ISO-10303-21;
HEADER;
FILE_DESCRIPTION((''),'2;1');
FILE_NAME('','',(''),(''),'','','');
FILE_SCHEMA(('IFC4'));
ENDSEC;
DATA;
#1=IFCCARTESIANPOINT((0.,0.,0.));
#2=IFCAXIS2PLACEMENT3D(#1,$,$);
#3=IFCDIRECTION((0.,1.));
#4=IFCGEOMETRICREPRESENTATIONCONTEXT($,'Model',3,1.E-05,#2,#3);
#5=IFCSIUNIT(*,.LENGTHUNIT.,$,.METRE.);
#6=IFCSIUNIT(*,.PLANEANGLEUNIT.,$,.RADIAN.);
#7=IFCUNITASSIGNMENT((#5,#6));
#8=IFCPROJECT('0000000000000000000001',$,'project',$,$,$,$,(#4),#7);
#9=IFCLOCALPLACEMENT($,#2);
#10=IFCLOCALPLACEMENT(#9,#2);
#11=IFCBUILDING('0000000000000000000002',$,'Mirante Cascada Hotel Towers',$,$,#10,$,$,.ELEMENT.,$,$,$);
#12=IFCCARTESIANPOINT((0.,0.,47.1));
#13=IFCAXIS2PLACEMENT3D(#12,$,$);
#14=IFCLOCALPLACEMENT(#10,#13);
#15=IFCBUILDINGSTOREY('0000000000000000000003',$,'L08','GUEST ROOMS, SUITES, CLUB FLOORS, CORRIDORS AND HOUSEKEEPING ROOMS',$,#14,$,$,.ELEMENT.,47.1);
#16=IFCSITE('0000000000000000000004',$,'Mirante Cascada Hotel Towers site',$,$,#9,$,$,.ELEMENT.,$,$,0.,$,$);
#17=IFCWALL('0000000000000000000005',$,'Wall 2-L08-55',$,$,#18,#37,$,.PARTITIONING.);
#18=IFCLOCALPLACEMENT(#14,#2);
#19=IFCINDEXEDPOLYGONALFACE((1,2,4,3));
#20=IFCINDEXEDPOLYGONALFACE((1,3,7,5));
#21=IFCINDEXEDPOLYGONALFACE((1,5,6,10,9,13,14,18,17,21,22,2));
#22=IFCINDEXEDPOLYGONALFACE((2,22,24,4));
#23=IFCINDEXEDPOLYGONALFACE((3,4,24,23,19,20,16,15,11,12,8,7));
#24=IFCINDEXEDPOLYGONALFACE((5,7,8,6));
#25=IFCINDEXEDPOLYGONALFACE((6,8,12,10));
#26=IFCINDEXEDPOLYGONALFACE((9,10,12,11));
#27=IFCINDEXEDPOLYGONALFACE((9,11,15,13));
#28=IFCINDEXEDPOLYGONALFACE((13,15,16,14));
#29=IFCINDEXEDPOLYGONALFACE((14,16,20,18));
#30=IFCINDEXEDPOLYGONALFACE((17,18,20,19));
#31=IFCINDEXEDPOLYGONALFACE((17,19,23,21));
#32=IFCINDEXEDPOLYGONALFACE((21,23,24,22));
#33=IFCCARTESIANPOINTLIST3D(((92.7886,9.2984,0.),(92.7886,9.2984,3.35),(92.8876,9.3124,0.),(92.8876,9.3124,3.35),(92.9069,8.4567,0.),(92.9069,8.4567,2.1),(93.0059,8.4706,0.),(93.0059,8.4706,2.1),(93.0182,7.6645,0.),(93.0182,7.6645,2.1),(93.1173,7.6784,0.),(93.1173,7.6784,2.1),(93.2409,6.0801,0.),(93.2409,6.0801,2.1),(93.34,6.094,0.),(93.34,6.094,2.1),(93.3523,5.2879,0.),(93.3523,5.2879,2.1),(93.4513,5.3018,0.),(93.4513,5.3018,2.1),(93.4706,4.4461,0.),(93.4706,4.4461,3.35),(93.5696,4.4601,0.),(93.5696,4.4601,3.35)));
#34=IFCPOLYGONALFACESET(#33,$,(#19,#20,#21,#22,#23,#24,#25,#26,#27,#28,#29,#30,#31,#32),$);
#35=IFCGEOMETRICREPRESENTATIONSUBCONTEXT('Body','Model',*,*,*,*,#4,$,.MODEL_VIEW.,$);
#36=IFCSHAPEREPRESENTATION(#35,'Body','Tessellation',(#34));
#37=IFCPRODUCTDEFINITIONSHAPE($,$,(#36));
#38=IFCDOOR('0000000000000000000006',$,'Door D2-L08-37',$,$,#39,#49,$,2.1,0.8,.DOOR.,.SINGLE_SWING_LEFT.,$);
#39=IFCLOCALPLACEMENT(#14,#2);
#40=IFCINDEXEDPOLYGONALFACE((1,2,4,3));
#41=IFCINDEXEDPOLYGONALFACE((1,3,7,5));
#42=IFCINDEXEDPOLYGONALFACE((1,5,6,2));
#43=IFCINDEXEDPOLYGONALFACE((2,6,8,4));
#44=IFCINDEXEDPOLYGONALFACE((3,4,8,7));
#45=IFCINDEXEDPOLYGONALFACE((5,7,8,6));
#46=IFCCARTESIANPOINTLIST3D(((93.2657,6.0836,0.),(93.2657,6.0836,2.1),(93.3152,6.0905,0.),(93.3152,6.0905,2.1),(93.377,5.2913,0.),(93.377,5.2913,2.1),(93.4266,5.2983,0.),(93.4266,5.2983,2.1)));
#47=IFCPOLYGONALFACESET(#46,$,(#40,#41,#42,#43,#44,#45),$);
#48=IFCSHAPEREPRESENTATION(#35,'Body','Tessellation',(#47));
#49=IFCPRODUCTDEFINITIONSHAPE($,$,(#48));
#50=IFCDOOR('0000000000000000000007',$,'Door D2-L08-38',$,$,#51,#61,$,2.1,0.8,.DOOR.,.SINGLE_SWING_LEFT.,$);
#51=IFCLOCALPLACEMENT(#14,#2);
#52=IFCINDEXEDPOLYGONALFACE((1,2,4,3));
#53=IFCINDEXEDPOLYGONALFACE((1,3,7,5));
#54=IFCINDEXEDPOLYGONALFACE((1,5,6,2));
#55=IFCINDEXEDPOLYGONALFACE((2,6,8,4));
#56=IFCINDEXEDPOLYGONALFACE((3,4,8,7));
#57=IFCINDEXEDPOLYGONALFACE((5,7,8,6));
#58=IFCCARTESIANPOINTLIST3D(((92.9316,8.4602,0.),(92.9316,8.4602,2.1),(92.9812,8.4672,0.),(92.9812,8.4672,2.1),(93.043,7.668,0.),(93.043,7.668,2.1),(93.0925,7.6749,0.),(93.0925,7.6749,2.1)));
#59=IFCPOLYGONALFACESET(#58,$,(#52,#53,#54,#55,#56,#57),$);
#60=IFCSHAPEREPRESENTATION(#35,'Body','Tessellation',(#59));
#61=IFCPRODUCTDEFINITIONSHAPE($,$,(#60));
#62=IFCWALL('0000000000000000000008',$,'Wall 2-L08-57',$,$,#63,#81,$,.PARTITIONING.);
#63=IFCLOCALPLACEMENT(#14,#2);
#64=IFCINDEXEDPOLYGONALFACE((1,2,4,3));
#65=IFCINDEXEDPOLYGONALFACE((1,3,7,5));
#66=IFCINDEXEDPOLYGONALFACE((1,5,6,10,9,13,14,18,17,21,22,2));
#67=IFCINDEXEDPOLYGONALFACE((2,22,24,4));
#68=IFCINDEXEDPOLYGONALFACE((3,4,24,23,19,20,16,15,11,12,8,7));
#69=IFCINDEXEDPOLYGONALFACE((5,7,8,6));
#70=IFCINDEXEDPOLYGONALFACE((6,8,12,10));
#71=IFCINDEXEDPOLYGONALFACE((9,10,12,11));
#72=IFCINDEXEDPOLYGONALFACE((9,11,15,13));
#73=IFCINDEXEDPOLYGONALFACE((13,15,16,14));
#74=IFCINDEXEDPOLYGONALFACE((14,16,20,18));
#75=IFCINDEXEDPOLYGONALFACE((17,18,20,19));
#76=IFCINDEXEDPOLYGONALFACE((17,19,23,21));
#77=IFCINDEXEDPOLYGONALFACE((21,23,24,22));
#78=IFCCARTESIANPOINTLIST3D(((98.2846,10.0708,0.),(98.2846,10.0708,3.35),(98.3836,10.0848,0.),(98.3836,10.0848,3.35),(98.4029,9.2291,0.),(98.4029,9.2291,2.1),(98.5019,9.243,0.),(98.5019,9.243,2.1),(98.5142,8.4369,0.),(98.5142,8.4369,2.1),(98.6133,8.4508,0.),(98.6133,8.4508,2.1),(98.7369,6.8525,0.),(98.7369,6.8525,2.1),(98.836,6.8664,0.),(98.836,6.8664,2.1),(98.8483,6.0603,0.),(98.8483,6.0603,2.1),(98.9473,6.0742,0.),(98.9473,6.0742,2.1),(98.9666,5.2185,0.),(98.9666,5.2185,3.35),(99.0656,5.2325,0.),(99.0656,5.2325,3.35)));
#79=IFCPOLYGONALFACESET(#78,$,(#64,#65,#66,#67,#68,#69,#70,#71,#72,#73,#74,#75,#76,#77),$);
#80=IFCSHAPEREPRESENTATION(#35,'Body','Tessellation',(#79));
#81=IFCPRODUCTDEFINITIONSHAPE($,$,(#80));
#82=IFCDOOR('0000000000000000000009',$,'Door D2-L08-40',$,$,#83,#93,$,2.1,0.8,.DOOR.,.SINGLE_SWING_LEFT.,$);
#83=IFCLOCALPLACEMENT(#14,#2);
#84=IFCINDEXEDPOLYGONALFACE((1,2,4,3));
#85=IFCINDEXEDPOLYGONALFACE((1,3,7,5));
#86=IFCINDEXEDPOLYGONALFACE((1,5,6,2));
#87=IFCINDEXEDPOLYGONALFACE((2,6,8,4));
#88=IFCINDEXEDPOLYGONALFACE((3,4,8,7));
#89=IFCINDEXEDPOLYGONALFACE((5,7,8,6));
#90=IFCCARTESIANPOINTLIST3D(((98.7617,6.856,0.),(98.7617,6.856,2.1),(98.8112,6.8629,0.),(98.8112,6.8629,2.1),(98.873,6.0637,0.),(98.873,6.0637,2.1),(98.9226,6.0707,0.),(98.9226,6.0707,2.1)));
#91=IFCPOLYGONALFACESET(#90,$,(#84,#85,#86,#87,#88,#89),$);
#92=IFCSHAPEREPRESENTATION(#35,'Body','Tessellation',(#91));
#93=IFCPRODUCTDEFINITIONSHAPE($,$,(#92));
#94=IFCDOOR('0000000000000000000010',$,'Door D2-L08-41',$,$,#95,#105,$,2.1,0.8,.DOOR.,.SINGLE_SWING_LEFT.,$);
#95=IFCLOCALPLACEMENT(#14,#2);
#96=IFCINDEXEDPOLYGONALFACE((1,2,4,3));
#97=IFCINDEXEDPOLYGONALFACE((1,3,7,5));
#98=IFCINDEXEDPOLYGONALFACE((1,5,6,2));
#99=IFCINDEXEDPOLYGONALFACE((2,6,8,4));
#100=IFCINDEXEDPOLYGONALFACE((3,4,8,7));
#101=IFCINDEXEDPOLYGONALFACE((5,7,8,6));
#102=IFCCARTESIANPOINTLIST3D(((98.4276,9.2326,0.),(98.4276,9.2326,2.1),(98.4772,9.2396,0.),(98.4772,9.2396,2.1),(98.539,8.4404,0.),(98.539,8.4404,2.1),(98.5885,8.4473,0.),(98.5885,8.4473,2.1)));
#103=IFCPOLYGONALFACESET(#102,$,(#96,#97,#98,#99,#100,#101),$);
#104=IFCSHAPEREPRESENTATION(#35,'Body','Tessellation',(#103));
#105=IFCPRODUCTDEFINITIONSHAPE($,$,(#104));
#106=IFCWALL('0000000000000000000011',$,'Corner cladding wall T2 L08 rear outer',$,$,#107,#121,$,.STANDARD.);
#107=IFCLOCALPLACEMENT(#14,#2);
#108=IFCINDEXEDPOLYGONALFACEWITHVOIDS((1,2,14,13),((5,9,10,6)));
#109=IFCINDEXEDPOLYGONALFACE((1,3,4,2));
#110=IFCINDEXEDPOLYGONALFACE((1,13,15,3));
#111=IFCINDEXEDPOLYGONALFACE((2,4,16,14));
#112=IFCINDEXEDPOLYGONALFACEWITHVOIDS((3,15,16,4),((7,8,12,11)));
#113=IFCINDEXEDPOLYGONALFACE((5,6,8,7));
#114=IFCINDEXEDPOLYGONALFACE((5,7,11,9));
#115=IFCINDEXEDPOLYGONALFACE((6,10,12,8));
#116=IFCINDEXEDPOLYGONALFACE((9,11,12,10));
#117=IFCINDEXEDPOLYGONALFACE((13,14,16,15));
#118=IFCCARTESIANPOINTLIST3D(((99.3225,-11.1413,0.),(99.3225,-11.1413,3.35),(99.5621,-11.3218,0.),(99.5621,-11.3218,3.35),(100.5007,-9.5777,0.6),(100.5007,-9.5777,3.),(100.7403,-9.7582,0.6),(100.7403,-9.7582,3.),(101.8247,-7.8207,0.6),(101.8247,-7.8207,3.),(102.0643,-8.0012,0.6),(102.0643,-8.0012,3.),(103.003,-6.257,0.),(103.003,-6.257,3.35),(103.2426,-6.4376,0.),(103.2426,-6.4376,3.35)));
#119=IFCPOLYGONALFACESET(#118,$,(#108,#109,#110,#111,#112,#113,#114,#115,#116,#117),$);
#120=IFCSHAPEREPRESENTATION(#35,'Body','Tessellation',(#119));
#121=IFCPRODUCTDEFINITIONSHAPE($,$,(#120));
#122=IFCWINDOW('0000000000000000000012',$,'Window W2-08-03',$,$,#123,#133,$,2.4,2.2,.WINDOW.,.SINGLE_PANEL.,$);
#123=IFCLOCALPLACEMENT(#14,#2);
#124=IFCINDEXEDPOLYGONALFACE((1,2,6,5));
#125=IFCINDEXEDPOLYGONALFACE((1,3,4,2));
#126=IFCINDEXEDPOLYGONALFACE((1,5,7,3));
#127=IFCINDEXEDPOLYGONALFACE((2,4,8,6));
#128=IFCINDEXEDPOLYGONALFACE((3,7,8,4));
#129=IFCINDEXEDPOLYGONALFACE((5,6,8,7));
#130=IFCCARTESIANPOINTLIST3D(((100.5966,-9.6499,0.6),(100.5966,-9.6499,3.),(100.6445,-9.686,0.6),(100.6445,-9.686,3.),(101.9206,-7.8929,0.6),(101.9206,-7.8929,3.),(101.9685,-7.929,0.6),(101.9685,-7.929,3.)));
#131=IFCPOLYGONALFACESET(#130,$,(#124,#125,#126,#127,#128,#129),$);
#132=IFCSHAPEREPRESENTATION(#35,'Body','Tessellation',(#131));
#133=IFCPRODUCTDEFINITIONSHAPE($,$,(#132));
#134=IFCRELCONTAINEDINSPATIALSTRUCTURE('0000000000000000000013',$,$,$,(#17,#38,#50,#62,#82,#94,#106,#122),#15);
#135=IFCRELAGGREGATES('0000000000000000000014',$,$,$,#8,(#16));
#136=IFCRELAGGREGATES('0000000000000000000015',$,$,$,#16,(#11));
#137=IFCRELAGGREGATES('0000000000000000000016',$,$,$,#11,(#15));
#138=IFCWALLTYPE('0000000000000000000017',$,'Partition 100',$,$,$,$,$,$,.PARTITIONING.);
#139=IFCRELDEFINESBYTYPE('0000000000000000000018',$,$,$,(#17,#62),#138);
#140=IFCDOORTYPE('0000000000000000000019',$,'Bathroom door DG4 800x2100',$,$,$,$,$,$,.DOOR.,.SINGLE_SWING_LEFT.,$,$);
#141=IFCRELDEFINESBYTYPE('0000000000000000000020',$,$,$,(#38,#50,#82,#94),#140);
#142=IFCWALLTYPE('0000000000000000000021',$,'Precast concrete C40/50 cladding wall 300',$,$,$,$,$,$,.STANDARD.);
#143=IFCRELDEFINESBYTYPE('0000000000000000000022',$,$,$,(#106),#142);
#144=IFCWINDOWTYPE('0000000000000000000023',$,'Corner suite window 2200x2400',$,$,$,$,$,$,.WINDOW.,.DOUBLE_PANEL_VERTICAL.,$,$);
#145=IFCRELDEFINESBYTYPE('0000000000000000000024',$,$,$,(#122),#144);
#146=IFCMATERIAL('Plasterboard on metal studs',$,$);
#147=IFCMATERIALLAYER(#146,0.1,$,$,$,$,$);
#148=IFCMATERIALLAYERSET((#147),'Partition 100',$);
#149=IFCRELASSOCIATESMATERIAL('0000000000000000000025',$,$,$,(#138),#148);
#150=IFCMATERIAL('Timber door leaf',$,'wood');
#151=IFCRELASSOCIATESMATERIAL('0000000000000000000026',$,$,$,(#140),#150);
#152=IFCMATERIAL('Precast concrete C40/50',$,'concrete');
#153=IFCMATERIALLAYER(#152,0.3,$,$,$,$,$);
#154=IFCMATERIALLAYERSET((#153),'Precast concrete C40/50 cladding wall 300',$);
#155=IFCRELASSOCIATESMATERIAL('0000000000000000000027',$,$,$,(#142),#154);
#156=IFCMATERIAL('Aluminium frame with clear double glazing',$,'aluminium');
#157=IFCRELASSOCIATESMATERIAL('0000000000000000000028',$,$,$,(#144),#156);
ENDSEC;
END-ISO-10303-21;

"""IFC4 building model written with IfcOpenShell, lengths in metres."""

from ifc_helpers import new_model, si_unit, direction, frame, frame_2d, origin, place, context, subcontext, project, spatial, rectangle, extrude, material, layer, layer_set, type_object, element, fill, save


model = new_model("IFC4")

# Units and contexts
model_context = context("Model", 3, precision=1e-05, world=origin(), true_north=direction((0.0, 1.0)))
body_context = subcontext(model_context, "Body", "Model", "MODEL_VIEW")
ifc_project = project(units=[si_unit("LENGTHUNIT", "METRE"), si_unit("PLANEANGLEUNIT", "RADIAN")], contexts=[model_context])

# Site, building, storey
site_placement = place(None, origin())
site = spatial("IfcSite", under=ifc_project, at=site_placement, Name="Mirante Cascada Hotel Towers site", CompositionType="ELEMENT", RefElevation=0.0)
building_placement = place(site_placement, origin())
building = spatial("IfcBuilding", under=site, at=building_placement, Name="Mirante Cascada Hotel Towers", CompositionType="ELEMENT")
storey_placement = place(building_placement, frame((0.0, 0.0, 47.1)))
storey = spatial("IfcBuildingStorey", under=building, at=storey_placement, Name="L08", Description="GUEST ROOMS, SUITES, CLUB FLOORS, CORRIDORS AND HOUSEKEEPING ROOMS", CompositionType="ELEMENT", Elevation=47.1)

# Shared definitions
ifc_material_1 = material(Name="Plasterboard on metal studs")
ifc_layer_1 = layer(ifc_material_1, 0.1)
ifc_layer_set_1 = layer_set([ifc_layer_1], Name="Partition 100")
wall_type_1 = type_object("IfcWallType", Name="Partition 100", PredefinedType="PARTITIONING", material=ifc_layer_set_1)

# Walls, openings, doors
wall_1_placement = place(storey_placement, frame((93.5201, 4.4531, 0.0), z_axis=(0.0, 0.0, 1.0), x_axis=(-0.139184, 0.990267, 0.0)))
wall_1 = element("IfcWall", 1, at=wall_1_placement, inside=storey, type_object=wall_type_1, Name="Wall 2-L08-55", PredefinedType="PARTITIONING", context=body_context, shape_type="SweptSolid", body=[
    extrude(rectangle(XDim=4.9, YDim=0.1, at=frame_2d((2.45, 0.0))), origin(), (0.0, 0.0, 1.0), 3.35),
])
opening_1_placement = place(wall_1_placement, frame((0.85, 0.0, 0.0)))
opening_1 = element("IfcOpeningElement", 2, at=opening_1_placement, cuts=wall_1, PredefinedType="OPENING", context=body_context, shape_type="SweptSolid", body=[
    extrude(rectangle(XDim=0.8, YDim=2.1, at=frame_2d((0.4, 1.05))), frame((0.0, 0.05, 0.0), z_axis=(0.0, -1.0, 0.0), x_axis=(1.0, 0.0, 0.0)), (0.0, 0.0, 1.0), 0.1),
])
opening_2_placement = place(wall_1_placement, frame((3.25, 0.0, 0.0)))
opening_2 = element("IfcOpeningElement", 3, at=opening_2_placement, cuts=wall_1, PredefinedType="OPENING", context=body_context, shape_type="SweptSolid", body=[
    extrude(rectangle(XDim=0.8, YDim=2.1, at=frame_2d((0.4, 1.05))), frame((0.0, 0.05, 0.0), z_axis=(0.0, -1.0, 0.0), x_axis=(1.0, 0.0, 0.0)), (0.0, 0.0, 1.0), 0.1),
])
ifc_material_2 = material(Name="Timber door leaf", Category="wood")
door_type_1 = type_object("IfcDoorType", Name="Bathroom door DG4 800x2100", OperationType="SINGLE_SWING_LEFT", PredefinedType="DOOR", material=ifc_material_2)
door_1_placement = place(opening_1_placement, origin())
door_1 = element("IfcDoor", 4, at=door_1_placement, inside=storey, type_object=door_type_1, Name="Door D2-L08-37", OperationType="SINGLE_SWING_LEFT", OverallHeight=2.1, OverallWidth=0.8, PredefinedType="DOOR", context=body_context, shape_type="SweptSolid", body=[
    extrude(rectangle(XDim=0.8, YDim=2.1, at=frame_2d((0.4, 1.05))), frame((0.0, 0.025, 0.0), z_axis=(0.0, -1.0, 0.0), x_axis=(1.0, 0.0, 0.0)), (0.0, 0.0, 1.0), 0.05),
])
fill(opening_1, door_1)
door_2_placement = place(opening_2_placement, origin())
door_2 = element("IfcDoor", 5, at=door_2_placement, inside=storey, type_object=door_type_1, Name="Door D2-L08-38", OperationType="SINGLE_SWING_LEFT", OverallHeight=2.1, OverallWidth=0.8, PredefinedType="DOOR", context=body_context, shape_type="SweptSolid", body=[
    extrude(rectangle(XDim=0.8, YDim=2.1, at=frame_2d((0.4, 1.05))), frame((0.0, 0.025, 0.0), z_axis=(0.0, -1.0, 0.0), x_axis=(1.0, 0.0, 0.0)), (0.0, 0.0, 1.0), 0.05),
])
fill(opening_2, door_2)
wall_2_placement = place(storey_placement, frame((99.0161, 5.2255, 0.0), z_axis=(0.0, 0.0, 1.0), x_axis=(-0.139184, 0.990267, 0.0)))
wall_2 = element("IfcWall", 6, at=wall_2_placement, inside=storey, type_object=wall_type_1, Name="Wall 2-L08-57", PredefinedType="PARTITIONING", context=body_context, shape_type="SweptSolid", body=[
    extrude(rectangle(XDim=4.9, YDim=0.1, at=frame_2d((2.45, 0.0))), origin(), (0.0, 0.0, 1.0), 3.35),
])
opening_3_placement = place(wall_2_placement, frame((0.85, 0.0, 0.0)))
opening_3 = element("IfcOpeningElement", 7, at=opening_3_placement, cuts=wall_2, PredefinedType="OPENING", context=body_context, shape_type="SweptSolid", body=[
    extrude(rectangle(XDim=0.8, YDim=2.1, at=frame_2d((0.4, 1.05))), frame((0.0, 0.05, 0.0), z_axis=(0.0, -1.0, 0.0), x_axis=(1.0, 0.0, 0.0)), (0.0, 0.0, 1.0), 0.1),
])
opening_4_placement = place(wall_2_placement, frame((3.25, 0.0, 0.0)))
opening_4 = element("IfcOpeningElement", 8, at=opening_4_placement, cuts=wall_2, PredefinedType="OPENING", context=body_context, shape_type="SweptSolid", body=[
    extrude(rectangle(XDim=0.8, YDim=2.1, at=frame_2d((0.4, 1.05))), frame((0.0, 0.05, 0.0), z_axis=(0.0, -1.0, 0.0), x_axis=(1.0, 0.0, 0.0)), (0.0, 0.0, 1.0), 0.1),
])
door_3_placement = place(opening_3_placement, origin())
door_3 = element("IfcDoor", 9, at=door_3_placement, inside=storey, type_object=door_type_1, Name="Door D2-L08-40", OperationType="SINGLE_SWING_LEFT", OverallHeight=2.1, OverallWidth=0.8, PredefinedType="DOOR", context=body_context, shape_type="SweptSolid", body=[
    extrude(rectangle(XDim=0.8, YDim=2.1, at=frame_2d((0.4, 1.05))), frame((0.0, 0.025, 0.0), z_axis=(0.0, -1.0, 0.0), x_axis=(1.0, 0.0, 0.0)), (0.0, 0.0, 1.0), 0.05),
])
fill(opening_3, door_3)
door_4_placement = place(opening_4_placement, origin())
door_4 = element("IfcDoor", 10, at=door_4_placement, inside=storey, type_object=door_type_1, Name="Door D2-L08-41", OperationType="SINGLE_SWING_LEFT", OverallHeight=2.1, OverallWidth=0.8, PredefinedType="DOOR", context=body_context, shape_type="SweptSolid", body=[
    extrude(rectangle(XDim=0.8, YDim=2.1, at=frame_2d((0.4, 1.05))), frame((0.0, 0.025, 0.0), z_axis=(0.0, -1.0, 0.0), x_axis=(1.0, 0.0, 0.0)), (0.0, 0.0, 1.0), 0.05),
])
fill(opening_4, door_4)

# Wall, opening, window
ifc_material_3 = material(Name="Precast concrete C40/50", Category="concrete")
ifc_layer_2 = layer(ifc_material_3, 0.3)
ifc_layer_set_2 = layer_set([ifc_layer_2], Name="Precast concrete C40/50 cladding wall 300")
wall_type_2 = type_object("IfcWallType", Name="Precast concrete C40/50 cladding wall 300", PredefinedType="STANDARD", material=ifc_layer_set_2)
wall_3_placement = place(storey_placement, frame((99.4423, -11.2315, 0.0), z_axis=(0.0, 0.0, 1.0), x_axis=(0.601814, 0.798636, 0.0)))
wall_3 = element("IfcWall", 11, at=wall_3_placement, inside=storey, type_object=wall_type_2, Name="Corner cladding wall T2 L08 rear outer", PredefinedType="STANDARD", context=body_context, shape_type="SweptSolid", body=[
    extrude(rectangle(XDim=6.1157, YDim=0.3, at=frame_2d((3.0578, 0.0))), origin(), (0.0, 0.0, 1.0), 3.35),
])
opening_5_placement = place(wall_3_placement, frame((1.9578, 0.0, 0.6)))
opening_5 = element("IfcOpeningElement", 12, at=opening_5_placement, cuts=wall_3, PredefinedType="OPENING", context=body_context, shape_type="SweptSolid", body=[
    extrude(rectangle(XDim=2.2, YDim=2.4, at=frame_2d((1.1, 1.2))), frame((0.0, 0.15, 0.0), z_axis=(0.0, -1.0, 0.0), x_axis=(1.0, 0.0, 0.0)), (0.0, 0.0, 1.0), 0.3),
])
ifc_material_4 = material(Name="Aluminium frame with clear double glazing", Category="aluminium")
window_type = type_object("IfcWindowType", Name="Corner suite window 2200x2400", PartitioningType="DOUBLE_PANEL_VERTICAL", PredefinedType="WINDOW", material=ifc_material_4)
window_placement = place(opening_5_placement, origin())
window = element("IfcWindow", 13, at=window_placement, inside=storey, type_object=window_type, Name="Window W2-08-03", OverallHeight=2.4, OverallWidth=2.2, PartitioningType="SINGLE_PANEL", PredefinedType="WINDOW", context=body_context, shape_type="SweptSolid", body=[
    extrude(rectangle(XDim=2.2, YDim=2.4, at=frame_2d((1.1, 1.2))), frame((0.0, 0.03, 0.0), z_axis=(0.0, -1.0, 0.0), x_axis=(1.0, 0.0, 0.0)), (0.0, 0.0, 1.0), 0.06),
])
fill(opening_5, window)

save(model, "model.ifc")
